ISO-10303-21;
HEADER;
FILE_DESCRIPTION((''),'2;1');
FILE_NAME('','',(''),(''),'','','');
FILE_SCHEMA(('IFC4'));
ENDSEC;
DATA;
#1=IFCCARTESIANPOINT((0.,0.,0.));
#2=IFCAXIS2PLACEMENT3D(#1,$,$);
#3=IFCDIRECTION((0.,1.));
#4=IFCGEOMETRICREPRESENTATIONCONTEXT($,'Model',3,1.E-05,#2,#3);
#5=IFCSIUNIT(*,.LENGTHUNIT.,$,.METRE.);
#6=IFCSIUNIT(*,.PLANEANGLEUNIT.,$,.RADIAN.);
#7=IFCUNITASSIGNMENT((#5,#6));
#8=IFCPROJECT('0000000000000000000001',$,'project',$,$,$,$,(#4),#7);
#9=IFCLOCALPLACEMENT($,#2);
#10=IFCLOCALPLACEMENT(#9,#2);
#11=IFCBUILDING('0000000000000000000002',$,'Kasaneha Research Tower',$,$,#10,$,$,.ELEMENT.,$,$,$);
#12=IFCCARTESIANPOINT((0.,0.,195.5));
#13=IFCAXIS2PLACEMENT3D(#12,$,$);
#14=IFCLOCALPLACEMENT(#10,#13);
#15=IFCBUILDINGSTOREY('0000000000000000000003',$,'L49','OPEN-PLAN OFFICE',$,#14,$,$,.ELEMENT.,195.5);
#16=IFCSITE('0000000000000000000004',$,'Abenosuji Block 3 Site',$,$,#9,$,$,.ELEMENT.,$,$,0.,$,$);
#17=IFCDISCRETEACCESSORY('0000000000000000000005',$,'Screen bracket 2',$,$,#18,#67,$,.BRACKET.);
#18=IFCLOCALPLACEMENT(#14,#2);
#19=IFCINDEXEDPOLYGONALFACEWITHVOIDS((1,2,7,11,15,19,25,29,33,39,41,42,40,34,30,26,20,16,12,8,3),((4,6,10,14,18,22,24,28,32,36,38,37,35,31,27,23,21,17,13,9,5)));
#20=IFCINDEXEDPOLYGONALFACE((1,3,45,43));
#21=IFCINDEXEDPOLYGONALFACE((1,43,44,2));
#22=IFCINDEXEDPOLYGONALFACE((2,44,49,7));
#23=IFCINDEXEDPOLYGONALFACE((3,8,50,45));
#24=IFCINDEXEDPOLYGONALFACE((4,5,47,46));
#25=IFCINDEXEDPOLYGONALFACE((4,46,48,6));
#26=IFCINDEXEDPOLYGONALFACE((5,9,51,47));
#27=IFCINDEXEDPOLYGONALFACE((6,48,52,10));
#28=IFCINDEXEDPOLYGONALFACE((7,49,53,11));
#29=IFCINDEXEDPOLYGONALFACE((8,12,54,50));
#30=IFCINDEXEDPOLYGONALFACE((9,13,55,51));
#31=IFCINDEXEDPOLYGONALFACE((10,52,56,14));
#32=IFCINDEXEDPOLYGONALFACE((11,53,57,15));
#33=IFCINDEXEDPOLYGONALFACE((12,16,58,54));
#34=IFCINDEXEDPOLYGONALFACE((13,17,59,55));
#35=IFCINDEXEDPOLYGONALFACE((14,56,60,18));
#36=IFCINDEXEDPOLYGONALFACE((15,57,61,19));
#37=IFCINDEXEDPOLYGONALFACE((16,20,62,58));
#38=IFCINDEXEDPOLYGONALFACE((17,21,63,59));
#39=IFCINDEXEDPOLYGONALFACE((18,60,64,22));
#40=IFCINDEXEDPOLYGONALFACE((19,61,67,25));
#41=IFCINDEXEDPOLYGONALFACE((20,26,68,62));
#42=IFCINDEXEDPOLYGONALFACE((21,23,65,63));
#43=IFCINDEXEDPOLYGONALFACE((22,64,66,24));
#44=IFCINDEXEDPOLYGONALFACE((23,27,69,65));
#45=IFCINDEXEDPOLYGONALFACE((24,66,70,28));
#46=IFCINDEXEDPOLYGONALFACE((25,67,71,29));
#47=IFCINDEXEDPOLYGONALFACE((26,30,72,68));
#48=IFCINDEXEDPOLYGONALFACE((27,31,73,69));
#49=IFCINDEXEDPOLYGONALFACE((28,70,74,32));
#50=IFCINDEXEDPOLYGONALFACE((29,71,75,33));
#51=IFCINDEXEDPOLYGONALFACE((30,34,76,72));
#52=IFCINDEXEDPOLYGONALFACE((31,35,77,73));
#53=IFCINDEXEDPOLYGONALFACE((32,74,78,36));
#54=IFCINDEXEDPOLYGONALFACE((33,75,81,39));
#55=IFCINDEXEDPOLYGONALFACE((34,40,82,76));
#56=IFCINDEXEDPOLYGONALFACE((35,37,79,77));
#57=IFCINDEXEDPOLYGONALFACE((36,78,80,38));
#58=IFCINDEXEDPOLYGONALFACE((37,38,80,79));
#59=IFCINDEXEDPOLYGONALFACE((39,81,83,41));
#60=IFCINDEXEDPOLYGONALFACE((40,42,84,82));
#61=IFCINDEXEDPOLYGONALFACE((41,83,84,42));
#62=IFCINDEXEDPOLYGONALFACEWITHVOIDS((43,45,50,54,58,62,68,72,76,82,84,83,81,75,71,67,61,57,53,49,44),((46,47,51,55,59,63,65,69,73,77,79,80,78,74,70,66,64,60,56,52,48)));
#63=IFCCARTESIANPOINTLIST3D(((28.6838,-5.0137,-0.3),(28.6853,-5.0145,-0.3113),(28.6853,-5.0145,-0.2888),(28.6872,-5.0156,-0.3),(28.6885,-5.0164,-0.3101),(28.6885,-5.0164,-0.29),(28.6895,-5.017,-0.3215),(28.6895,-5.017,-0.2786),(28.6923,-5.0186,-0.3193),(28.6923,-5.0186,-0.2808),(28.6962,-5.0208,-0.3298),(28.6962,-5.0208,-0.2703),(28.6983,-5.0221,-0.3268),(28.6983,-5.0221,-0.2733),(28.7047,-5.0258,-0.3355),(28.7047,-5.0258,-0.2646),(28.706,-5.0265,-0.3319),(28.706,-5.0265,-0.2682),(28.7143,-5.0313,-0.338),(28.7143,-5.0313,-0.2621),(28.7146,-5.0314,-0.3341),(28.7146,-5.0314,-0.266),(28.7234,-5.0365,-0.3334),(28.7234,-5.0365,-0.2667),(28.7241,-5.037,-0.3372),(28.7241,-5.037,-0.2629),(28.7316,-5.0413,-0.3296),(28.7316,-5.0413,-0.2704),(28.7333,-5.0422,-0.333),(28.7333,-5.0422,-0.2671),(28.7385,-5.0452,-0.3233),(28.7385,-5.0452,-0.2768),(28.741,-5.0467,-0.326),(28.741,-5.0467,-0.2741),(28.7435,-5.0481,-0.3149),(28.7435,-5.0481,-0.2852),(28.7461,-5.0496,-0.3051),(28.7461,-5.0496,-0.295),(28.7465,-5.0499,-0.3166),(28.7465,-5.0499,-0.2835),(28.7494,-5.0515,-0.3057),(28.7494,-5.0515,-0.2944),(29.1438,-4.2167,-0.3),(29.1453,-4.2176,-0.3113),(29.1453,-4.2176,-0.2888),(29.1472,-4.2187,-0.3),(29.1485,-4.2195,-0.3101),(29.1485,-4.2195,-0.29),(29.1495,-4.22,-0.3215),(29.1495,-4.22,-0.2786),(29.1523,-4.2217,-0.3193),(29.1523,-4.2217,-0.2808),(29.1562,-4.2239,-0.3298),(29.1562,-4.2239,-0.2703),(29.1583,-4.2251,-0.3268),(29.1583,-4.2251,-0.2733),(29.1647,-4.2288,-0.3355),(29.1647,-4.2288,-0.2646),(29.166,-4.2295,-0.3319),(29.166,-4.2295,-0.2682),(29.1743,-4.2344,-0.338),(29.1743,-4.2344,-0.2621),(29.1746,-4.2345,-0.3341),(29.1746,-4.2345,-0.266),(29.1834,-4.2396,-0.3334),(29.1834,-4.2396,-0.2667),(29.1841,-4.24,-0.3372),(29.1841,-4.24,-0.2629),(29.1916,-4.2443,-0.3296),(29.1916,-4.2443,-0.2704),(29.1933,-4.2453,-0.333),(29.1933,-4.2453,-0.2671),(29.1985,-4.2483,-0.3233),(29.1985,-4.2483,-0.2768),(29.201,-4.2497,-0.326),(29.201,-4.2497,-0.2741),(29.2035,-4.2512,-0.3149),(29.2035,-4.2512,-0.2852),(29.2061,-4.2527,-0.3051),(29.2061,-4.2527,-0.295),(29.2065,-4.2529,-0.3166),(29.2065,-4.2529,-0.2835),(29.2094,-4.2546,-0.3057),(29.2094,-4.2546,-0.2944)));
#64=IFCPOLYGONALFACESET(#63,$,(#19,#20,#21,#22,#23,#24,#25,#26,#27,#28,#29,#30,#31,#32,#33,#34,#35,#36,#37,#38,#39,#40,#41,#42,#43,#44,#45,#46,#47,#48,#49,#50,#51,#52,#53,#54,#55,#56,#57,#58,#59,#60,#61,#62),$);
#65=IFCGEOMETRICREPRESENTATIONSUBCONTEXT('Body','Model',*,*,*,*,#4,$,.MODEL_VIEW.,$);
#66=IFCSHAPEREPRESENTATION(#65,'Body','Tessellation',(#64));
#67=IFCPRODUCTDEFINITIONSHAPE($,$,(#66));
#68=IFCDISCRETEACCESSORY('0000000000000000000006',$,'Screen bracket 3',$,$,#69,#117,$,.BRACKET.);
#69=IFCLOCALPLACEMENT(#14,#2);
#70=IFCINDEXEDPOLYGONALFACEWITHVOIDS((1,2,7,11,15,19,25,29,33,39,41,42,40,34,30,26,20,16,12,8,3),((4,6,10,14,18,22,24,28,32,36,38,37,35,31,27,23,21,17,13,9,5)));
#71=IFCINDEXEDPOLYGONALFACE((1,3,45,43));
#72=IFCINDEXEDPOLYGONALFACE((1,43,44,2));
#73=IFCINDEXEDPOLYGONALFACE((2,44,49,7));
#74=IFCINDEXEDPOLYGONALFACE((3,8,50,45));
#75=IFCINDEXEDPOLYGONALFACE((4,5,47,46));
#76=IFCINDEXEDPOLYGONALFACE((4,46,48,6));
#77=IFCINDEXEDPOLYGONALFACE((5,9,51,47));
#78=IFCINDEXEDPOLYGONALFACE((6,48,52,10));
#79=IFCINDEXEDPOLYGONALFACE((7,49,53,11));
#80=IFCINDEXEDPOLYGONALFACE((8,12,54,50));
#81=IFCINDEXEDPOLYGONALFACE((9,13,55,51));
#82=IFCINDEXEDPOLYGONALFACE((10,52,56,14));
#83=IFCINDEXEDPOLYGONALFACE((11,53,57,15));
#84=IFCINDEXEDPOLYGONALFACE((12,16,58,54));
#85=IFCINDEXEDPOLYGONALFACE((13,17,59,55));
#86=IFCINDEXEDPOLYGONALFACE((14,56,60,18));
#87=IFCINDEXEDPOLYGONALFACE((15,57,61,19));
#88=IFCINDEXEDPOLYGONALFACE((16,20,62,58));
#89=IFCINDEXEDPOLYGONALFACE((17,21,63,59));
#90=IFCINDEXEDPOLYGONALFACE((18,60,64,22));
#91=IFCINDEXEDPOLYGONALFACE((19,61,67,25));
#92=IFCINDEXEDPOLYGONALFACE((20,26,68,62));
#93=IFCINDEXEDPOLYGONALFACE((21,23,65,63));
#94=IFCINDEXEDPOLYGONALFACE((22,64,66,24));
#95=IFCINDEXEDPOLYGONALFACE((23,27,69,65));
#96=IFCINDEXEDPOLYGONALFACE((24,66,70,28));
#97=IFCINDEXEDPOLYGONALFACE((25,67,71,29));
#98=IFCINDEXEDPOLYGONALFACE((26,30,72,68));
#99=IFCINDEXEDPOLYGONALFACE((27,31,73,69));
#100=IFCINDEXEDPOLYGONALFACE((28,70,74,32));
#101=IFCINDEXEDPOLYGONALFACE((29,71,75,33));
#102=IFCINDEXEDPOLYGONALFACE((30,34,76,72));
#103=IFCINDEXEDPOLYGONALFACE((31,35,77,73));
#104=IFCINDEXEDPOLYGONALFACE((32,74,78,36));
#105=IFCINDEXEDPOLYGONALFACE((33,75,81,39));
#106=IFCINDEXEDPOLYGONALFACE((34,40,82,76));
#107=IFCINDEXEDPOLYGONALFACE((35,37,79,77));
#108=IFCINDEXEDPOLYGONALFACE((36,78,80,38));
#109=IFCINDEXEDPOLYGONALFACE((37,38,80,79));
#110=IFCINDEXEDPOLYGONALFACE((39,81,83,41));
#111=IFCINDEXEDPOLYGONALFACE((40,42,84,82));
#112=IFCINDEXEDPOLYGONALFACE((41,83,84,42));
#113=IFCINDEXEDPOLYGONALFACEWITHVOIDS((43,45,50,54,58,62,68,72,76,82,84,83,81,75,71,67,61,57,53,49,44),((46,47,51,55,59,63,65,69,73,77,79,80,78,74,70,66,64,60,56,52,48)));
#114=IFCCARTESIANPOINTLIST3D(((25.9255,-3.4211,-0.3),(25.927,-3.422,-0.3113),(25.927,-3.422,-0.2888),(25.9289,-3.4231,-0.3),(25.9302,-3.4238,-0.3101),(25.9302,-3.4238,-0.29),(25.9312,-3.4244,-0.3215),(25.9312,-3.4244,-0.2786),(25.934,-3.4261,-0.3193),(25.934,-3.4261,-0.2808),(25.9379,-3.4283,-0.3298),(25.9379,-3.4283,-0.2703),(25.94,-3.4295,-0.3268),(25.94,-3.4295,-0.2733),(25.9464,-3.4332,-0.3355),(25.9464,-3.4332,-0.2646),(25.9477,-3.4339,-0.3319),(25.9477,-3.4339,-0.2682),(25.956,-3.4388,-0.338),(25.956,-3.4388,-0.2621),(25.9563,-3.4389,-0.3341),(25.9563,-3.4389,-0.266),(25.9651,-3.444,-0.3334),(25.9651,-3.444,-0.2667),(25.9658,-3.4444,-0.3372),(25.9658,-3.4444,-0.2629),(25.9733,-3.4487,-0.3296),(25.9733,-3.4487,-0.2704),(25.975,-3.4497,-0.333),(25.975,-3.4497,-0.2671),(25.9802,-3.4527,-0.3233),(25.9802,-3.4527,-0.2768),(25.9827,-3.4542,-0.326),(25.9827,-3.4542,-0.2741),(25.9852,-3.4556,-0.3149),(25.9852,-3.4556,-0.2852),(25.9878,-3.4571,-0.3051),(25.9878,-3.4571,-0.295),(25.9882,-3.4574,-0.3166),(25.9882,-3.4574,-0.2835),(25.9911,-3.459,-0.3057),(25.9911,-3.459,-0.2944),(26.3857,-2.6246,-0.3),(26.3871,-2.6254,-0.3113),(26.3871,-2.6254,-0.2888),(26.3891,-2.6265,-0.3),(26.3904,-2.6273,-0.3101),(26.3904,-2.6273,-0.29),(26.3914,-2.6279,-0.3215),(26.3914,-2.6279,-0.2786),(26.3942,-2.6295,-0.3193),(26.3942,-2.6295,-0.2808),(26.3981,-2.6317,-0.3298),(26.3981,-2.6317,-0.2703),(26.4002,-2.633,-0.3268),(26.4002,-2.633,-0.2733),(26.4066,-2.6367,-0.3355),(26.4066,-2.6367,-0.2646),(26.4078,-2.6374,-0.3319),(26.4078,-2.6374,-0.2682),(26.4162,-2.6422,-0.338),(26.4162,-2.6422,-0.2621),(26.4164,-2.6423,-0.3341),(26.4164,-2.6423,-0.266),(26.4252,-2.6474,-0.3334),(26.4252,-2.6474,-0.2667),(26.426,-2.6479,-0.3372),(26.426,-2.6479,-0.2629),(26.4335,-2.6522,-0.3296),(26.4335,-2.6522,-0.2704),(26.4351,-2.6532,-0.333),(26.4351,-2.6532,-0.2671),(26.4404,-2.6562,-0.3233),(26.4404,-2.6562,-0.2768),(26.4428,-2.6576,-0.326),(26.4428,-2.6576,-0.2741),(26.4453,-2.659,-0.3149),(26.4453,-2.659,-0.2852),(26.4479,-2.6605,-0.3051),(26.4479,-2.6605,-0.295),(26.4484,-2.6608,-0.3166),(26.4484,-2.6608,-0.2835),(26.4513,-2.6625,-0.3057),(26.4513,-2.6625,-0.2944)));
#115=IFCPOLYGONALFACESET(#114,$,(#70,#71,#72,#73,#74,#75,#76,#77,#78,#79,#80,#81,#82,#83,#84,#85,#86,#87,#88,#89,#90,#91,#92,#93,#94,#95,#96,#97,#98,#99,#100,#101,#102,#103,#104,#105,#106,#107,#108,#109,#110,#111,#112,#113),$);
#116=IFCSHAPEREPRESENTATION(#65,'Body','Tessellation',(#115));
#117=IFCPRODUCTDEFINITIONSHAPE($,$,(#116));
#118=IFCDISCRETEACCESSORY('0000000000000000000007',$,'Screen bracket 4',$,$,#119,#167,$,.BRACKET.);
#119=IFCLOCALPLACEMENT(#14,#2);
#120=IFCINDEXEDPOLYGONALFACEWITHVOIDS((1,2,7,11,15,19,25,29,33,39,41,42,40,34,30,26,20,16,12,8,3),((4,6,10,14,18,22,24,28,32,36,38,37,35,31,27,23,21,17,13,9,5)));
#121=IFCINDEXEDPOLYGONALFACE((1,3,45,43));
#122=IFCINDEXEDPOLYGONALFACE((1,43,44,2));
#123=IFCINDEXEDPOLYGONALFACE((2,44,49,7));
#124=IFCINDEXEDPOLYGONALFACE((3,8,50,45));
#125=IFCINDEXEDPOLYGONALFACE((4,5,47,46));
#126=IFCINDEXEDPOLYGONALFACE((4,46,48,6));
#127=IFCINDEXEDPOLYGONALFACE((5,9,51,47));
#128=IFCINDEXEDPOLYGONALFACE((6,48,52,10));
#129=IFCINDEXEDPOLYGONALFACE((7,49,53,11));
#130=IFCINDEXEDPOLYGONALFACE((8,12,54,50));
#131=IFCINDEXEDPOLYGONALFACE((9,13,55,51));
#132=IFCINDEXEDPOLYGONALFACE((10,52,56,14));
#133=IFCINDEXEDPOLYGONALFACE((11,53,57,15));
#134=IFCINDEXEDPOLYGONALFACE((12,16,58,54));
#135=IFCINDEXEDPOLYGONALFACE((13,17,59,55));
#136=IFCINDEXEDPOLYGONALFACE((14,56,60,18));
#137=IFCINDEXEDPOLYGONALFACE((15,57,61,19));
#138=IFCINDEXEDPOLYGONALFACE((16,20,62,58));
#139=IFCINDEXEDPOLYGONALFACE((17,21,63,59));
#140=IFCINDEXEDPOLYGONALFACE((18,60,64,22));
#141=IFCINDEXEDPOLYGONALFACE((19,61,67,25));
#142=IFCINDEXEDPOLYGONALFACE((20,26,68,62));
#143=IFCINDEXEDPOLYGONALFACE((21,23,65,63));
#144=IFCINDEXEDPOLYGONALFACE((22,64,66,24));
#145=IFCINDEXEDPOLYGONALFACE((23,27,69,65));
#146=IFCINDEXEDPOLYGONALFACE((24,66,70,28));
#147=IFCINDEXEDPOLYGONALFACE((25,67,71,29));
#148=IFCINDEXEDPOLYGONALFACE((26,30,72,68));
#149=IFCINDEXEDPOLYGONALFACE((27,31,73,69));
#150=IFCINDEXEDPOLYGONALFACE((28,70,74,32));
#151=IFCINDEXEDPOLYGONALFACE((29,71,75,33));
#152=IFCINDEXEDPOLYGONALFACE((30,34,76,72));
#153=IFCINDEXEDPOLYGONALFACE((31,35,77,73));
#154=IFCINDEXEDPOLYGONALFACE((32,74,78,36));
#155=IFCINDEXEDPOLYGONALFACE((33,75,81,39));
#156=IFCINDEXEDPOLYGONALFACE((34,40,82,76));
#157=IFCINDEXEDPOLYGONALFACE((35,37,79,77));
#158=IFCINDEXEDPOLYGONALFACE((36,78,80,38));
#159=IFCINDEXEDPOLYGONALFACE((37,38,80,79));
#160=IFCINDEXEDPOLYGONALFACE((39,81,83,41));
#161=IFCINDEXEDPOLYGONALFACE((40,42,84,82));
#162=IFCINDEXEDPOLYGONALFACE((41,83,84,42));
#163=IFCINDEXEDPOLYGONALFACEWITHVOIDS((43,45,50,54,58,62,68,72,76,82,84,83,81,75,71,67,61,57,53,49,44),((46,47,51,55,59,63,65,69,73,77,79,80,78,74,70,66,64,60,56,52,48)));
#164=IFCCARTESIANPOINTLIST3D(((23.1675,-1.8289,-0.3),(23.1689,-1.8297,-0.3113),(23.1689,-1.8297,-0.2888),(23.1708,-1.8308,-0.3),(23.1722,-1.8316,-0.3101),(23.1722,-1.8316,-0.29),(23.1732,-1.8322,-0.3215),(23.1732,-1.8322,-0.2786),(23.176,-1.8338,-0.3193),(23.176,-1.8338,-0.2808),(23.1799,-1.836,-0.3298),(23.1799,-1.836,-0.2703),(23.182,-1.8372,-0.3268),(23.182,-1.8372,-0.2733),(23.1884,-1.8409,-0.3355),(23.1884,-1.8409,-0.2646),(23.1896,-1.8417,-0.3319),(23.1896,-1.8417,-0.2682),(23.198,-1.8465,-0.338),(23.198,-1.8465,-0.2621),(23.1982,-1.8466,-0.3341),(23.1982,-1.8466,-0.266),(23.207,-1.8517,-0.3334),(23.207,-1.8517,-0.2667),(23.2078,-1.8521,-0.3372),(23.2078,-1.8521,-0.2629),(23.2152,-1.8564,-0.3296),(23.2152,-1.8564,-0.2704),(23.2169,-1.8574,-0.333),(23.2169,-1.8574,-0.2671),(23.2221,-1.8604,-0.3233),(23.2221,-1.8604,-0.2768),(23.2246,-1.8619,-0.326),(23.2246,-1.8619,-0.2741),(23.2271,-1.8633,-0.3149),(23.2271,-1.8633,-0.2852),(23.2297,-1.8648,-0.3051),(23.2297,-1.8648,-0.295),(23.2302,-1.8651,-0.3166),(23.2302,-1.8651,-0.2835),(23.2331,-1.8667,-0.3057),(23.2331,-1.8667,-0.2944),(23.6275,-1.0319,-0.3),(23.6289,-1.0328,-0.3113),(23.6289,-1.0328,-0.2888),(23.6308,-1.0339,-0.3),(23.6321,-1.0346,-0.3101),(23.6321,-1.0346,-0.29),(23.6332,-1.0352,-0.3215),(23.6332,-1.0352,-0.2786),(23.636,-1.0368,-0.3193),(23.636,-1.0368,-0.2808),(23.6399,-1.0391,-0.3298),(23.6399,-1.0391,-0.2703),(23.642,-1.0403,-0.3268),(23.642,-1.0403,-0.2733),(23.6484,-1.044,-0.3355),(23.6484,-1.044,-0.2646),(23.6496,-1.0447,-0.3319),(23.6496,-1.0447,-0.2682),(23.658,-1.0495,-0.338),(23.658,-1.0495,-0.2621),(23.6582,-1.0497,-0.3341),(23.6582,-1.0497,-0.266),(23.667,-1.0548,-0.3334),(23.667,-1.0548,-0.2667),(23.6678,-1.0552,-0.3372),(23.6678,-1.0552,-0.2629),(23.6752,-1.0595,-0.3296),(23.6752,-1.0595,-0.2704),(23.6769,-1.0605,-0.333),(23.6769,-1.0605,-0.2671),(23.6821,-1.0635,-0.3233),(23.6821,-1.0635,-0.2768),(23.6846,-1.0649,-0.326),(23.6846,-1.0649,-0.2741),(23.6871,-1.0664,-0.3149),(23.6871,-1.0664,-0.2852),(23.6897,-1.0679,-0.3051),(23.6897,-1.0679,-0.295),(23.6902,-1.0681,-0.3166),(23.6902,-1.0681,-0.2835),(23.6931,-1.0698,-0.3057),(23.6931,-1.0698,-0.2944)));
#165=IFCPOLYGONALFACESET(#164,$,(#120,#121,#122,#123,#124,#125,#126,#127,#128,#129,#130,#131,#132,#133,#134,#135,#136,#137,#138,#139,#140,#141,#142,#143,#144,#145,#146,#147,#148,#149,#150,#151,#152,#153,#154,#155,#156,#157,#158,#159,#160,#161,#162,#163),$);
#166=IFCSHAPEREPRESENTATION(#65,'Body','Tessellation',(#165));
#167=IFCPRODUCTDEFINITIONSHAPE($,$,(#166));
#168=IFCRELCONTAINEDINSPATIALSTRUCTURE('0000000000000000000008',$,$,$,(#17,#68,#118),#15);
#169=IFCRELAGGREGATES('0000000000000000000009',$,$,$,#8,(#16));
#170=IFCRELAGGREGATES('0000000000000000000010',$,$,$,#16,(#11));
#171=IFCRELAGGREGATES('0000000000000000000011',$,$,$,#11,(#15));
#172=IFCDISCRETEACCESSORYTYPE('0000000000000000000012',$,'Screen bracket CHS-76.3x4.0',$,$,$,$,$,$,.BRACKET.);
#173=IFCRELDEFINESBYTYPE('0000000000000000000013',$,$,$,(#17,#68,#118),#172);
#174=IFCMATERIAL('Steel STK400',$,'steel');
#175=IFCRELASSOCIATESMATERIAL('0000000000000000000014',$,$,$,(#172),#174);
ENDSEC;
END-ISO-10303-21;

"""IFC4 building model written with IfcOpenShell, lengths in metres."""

from ifc_helpers import new_model, si_unit, direction, frame, origin, origin_2d, place, context, subcontext, project, spatial, hollow_circle, extrude, material, material_profile, profile_set, type_object, element, save


model = new_model("IFC4")

# Units and contexts
model_context = context("Model", 3, precision=1e-05, world=origin(), true_north=direction((0.0, 1.0)))
body_context = subcontext(model_context, "Body", "Model", "MODEL_VIEW")
ifc_project = project(units=[si_unit("LENGTHUNIT", "METRE"), si_unit("PLANEANGLEUNIT", "RADIAN")], contexts=[model_context])

# Site, building, storey
site_placement = place(None, origin())
site = spatial("IfcSite", under=ifc_project, at=site_placement, Name="Abenosuji Block 3 Site", CompositionType="ELEMENT", RefElevation=0.0)
building_placement = place(site_placement, origin())
building = spatial("IfcBuilding", under=site, at=building_placement, Name="Kasaneha Research Tower", CompositionType="ELEMENT")
storey_placement = place(building_placement, frame((0.0, 0.0, 195.5)))
storey = spatial("IfcBuildingStorey", under=building, at=storey_placement, Name="L49", Description="OPEN-PLAN OFFICE", CompositionType="ELEMENT", Elevation=195.5)

# Discrete accessories
ifc_material_1 = material(Name="Steel STK400", Category="steel")
ifc_material_profile_1 = material_profile(ifc_material_1, hollow_circle(Radius=0.0381, WallThickness=0.0039, at=origin_2d()), Name="CHS-76.3x4.0")
ifc_profile_set_1 = profile_set([ifc_material_profile_1], Name="Steel STK400")
discrete_accessory_type = type_object("IfcDiscreteAccessoryType", Name="Screen bracket CHS-76.3x4.0", PredefinedType="BRACKET", material=ifc_profile_set_1)
discrete_accessory_1_placement = place(storey_placement, frame((28.7168, -5.0327, -0.3), z_axis=(0.499906, 0.86608, 0.0), x_axis=(-0.86608, 0.499906, 0.0)))
element("IfcDiscreteAccessory", 1, at=discrete_accessory_1_placement, inside=storey, type_object=discrete_accessory_type, Name="Screen bracket 2", PredefinedType="BRACKET", context=body_context, shape_type="SweptSolid", body=[
    extrude(hollow_circle(Radius=0.0381, WallThickness=0.0039, at=origin_2d()), origin(), (0.0, 0.0, 1.0), 0.9202),
])
discrete_accessory_2_placement = place(storey_placement, frame((25.9585, -3.4402, -0.3), z_axis=(0.50022, 0.865898, 0.0), x_axis=(-0.865898, 0.50022, 0.0)))
element("IfcDiscreteAccessory", 2, at=discrete_accessory_2_placement, inside=storey, type_object=discrete_accessory_type, Name="Screen bracket 3", PredefinedType="BRACKET", context=body_context, shape_type="SweptSolid", body=[
    extrude(hollow_circle(Radius=0.0381, WallThickness=0.0039, at=origin_2d()), origin(), (0.0, 0.0, 1.0), 0.9199),
])
discrete_accessory_3_placement = place(storey_placement, frame((23.2004, -1.8479, -0.3), z_axis=(0.499906, 0.86608, 0.0), x_axis=(-0.86608, 0.499906, 0.0)))
element("IfcDiscreteAccessory", 3, at=discrete_accessory_3_placement, inside=storey, type_object=discrete_accessory_type, Name="Screen bracket 4", PredefinedType="BRACKET", context=body_context, shape_type="SweptSolid", body=[
    extrude(hollow_circle(Radius=0.0381, WallThickness=0.0039, at=origin_2d()), origin(), (0.0, 0.0, 1.0), 0.9202),
])

save(model, "model.ifc")
